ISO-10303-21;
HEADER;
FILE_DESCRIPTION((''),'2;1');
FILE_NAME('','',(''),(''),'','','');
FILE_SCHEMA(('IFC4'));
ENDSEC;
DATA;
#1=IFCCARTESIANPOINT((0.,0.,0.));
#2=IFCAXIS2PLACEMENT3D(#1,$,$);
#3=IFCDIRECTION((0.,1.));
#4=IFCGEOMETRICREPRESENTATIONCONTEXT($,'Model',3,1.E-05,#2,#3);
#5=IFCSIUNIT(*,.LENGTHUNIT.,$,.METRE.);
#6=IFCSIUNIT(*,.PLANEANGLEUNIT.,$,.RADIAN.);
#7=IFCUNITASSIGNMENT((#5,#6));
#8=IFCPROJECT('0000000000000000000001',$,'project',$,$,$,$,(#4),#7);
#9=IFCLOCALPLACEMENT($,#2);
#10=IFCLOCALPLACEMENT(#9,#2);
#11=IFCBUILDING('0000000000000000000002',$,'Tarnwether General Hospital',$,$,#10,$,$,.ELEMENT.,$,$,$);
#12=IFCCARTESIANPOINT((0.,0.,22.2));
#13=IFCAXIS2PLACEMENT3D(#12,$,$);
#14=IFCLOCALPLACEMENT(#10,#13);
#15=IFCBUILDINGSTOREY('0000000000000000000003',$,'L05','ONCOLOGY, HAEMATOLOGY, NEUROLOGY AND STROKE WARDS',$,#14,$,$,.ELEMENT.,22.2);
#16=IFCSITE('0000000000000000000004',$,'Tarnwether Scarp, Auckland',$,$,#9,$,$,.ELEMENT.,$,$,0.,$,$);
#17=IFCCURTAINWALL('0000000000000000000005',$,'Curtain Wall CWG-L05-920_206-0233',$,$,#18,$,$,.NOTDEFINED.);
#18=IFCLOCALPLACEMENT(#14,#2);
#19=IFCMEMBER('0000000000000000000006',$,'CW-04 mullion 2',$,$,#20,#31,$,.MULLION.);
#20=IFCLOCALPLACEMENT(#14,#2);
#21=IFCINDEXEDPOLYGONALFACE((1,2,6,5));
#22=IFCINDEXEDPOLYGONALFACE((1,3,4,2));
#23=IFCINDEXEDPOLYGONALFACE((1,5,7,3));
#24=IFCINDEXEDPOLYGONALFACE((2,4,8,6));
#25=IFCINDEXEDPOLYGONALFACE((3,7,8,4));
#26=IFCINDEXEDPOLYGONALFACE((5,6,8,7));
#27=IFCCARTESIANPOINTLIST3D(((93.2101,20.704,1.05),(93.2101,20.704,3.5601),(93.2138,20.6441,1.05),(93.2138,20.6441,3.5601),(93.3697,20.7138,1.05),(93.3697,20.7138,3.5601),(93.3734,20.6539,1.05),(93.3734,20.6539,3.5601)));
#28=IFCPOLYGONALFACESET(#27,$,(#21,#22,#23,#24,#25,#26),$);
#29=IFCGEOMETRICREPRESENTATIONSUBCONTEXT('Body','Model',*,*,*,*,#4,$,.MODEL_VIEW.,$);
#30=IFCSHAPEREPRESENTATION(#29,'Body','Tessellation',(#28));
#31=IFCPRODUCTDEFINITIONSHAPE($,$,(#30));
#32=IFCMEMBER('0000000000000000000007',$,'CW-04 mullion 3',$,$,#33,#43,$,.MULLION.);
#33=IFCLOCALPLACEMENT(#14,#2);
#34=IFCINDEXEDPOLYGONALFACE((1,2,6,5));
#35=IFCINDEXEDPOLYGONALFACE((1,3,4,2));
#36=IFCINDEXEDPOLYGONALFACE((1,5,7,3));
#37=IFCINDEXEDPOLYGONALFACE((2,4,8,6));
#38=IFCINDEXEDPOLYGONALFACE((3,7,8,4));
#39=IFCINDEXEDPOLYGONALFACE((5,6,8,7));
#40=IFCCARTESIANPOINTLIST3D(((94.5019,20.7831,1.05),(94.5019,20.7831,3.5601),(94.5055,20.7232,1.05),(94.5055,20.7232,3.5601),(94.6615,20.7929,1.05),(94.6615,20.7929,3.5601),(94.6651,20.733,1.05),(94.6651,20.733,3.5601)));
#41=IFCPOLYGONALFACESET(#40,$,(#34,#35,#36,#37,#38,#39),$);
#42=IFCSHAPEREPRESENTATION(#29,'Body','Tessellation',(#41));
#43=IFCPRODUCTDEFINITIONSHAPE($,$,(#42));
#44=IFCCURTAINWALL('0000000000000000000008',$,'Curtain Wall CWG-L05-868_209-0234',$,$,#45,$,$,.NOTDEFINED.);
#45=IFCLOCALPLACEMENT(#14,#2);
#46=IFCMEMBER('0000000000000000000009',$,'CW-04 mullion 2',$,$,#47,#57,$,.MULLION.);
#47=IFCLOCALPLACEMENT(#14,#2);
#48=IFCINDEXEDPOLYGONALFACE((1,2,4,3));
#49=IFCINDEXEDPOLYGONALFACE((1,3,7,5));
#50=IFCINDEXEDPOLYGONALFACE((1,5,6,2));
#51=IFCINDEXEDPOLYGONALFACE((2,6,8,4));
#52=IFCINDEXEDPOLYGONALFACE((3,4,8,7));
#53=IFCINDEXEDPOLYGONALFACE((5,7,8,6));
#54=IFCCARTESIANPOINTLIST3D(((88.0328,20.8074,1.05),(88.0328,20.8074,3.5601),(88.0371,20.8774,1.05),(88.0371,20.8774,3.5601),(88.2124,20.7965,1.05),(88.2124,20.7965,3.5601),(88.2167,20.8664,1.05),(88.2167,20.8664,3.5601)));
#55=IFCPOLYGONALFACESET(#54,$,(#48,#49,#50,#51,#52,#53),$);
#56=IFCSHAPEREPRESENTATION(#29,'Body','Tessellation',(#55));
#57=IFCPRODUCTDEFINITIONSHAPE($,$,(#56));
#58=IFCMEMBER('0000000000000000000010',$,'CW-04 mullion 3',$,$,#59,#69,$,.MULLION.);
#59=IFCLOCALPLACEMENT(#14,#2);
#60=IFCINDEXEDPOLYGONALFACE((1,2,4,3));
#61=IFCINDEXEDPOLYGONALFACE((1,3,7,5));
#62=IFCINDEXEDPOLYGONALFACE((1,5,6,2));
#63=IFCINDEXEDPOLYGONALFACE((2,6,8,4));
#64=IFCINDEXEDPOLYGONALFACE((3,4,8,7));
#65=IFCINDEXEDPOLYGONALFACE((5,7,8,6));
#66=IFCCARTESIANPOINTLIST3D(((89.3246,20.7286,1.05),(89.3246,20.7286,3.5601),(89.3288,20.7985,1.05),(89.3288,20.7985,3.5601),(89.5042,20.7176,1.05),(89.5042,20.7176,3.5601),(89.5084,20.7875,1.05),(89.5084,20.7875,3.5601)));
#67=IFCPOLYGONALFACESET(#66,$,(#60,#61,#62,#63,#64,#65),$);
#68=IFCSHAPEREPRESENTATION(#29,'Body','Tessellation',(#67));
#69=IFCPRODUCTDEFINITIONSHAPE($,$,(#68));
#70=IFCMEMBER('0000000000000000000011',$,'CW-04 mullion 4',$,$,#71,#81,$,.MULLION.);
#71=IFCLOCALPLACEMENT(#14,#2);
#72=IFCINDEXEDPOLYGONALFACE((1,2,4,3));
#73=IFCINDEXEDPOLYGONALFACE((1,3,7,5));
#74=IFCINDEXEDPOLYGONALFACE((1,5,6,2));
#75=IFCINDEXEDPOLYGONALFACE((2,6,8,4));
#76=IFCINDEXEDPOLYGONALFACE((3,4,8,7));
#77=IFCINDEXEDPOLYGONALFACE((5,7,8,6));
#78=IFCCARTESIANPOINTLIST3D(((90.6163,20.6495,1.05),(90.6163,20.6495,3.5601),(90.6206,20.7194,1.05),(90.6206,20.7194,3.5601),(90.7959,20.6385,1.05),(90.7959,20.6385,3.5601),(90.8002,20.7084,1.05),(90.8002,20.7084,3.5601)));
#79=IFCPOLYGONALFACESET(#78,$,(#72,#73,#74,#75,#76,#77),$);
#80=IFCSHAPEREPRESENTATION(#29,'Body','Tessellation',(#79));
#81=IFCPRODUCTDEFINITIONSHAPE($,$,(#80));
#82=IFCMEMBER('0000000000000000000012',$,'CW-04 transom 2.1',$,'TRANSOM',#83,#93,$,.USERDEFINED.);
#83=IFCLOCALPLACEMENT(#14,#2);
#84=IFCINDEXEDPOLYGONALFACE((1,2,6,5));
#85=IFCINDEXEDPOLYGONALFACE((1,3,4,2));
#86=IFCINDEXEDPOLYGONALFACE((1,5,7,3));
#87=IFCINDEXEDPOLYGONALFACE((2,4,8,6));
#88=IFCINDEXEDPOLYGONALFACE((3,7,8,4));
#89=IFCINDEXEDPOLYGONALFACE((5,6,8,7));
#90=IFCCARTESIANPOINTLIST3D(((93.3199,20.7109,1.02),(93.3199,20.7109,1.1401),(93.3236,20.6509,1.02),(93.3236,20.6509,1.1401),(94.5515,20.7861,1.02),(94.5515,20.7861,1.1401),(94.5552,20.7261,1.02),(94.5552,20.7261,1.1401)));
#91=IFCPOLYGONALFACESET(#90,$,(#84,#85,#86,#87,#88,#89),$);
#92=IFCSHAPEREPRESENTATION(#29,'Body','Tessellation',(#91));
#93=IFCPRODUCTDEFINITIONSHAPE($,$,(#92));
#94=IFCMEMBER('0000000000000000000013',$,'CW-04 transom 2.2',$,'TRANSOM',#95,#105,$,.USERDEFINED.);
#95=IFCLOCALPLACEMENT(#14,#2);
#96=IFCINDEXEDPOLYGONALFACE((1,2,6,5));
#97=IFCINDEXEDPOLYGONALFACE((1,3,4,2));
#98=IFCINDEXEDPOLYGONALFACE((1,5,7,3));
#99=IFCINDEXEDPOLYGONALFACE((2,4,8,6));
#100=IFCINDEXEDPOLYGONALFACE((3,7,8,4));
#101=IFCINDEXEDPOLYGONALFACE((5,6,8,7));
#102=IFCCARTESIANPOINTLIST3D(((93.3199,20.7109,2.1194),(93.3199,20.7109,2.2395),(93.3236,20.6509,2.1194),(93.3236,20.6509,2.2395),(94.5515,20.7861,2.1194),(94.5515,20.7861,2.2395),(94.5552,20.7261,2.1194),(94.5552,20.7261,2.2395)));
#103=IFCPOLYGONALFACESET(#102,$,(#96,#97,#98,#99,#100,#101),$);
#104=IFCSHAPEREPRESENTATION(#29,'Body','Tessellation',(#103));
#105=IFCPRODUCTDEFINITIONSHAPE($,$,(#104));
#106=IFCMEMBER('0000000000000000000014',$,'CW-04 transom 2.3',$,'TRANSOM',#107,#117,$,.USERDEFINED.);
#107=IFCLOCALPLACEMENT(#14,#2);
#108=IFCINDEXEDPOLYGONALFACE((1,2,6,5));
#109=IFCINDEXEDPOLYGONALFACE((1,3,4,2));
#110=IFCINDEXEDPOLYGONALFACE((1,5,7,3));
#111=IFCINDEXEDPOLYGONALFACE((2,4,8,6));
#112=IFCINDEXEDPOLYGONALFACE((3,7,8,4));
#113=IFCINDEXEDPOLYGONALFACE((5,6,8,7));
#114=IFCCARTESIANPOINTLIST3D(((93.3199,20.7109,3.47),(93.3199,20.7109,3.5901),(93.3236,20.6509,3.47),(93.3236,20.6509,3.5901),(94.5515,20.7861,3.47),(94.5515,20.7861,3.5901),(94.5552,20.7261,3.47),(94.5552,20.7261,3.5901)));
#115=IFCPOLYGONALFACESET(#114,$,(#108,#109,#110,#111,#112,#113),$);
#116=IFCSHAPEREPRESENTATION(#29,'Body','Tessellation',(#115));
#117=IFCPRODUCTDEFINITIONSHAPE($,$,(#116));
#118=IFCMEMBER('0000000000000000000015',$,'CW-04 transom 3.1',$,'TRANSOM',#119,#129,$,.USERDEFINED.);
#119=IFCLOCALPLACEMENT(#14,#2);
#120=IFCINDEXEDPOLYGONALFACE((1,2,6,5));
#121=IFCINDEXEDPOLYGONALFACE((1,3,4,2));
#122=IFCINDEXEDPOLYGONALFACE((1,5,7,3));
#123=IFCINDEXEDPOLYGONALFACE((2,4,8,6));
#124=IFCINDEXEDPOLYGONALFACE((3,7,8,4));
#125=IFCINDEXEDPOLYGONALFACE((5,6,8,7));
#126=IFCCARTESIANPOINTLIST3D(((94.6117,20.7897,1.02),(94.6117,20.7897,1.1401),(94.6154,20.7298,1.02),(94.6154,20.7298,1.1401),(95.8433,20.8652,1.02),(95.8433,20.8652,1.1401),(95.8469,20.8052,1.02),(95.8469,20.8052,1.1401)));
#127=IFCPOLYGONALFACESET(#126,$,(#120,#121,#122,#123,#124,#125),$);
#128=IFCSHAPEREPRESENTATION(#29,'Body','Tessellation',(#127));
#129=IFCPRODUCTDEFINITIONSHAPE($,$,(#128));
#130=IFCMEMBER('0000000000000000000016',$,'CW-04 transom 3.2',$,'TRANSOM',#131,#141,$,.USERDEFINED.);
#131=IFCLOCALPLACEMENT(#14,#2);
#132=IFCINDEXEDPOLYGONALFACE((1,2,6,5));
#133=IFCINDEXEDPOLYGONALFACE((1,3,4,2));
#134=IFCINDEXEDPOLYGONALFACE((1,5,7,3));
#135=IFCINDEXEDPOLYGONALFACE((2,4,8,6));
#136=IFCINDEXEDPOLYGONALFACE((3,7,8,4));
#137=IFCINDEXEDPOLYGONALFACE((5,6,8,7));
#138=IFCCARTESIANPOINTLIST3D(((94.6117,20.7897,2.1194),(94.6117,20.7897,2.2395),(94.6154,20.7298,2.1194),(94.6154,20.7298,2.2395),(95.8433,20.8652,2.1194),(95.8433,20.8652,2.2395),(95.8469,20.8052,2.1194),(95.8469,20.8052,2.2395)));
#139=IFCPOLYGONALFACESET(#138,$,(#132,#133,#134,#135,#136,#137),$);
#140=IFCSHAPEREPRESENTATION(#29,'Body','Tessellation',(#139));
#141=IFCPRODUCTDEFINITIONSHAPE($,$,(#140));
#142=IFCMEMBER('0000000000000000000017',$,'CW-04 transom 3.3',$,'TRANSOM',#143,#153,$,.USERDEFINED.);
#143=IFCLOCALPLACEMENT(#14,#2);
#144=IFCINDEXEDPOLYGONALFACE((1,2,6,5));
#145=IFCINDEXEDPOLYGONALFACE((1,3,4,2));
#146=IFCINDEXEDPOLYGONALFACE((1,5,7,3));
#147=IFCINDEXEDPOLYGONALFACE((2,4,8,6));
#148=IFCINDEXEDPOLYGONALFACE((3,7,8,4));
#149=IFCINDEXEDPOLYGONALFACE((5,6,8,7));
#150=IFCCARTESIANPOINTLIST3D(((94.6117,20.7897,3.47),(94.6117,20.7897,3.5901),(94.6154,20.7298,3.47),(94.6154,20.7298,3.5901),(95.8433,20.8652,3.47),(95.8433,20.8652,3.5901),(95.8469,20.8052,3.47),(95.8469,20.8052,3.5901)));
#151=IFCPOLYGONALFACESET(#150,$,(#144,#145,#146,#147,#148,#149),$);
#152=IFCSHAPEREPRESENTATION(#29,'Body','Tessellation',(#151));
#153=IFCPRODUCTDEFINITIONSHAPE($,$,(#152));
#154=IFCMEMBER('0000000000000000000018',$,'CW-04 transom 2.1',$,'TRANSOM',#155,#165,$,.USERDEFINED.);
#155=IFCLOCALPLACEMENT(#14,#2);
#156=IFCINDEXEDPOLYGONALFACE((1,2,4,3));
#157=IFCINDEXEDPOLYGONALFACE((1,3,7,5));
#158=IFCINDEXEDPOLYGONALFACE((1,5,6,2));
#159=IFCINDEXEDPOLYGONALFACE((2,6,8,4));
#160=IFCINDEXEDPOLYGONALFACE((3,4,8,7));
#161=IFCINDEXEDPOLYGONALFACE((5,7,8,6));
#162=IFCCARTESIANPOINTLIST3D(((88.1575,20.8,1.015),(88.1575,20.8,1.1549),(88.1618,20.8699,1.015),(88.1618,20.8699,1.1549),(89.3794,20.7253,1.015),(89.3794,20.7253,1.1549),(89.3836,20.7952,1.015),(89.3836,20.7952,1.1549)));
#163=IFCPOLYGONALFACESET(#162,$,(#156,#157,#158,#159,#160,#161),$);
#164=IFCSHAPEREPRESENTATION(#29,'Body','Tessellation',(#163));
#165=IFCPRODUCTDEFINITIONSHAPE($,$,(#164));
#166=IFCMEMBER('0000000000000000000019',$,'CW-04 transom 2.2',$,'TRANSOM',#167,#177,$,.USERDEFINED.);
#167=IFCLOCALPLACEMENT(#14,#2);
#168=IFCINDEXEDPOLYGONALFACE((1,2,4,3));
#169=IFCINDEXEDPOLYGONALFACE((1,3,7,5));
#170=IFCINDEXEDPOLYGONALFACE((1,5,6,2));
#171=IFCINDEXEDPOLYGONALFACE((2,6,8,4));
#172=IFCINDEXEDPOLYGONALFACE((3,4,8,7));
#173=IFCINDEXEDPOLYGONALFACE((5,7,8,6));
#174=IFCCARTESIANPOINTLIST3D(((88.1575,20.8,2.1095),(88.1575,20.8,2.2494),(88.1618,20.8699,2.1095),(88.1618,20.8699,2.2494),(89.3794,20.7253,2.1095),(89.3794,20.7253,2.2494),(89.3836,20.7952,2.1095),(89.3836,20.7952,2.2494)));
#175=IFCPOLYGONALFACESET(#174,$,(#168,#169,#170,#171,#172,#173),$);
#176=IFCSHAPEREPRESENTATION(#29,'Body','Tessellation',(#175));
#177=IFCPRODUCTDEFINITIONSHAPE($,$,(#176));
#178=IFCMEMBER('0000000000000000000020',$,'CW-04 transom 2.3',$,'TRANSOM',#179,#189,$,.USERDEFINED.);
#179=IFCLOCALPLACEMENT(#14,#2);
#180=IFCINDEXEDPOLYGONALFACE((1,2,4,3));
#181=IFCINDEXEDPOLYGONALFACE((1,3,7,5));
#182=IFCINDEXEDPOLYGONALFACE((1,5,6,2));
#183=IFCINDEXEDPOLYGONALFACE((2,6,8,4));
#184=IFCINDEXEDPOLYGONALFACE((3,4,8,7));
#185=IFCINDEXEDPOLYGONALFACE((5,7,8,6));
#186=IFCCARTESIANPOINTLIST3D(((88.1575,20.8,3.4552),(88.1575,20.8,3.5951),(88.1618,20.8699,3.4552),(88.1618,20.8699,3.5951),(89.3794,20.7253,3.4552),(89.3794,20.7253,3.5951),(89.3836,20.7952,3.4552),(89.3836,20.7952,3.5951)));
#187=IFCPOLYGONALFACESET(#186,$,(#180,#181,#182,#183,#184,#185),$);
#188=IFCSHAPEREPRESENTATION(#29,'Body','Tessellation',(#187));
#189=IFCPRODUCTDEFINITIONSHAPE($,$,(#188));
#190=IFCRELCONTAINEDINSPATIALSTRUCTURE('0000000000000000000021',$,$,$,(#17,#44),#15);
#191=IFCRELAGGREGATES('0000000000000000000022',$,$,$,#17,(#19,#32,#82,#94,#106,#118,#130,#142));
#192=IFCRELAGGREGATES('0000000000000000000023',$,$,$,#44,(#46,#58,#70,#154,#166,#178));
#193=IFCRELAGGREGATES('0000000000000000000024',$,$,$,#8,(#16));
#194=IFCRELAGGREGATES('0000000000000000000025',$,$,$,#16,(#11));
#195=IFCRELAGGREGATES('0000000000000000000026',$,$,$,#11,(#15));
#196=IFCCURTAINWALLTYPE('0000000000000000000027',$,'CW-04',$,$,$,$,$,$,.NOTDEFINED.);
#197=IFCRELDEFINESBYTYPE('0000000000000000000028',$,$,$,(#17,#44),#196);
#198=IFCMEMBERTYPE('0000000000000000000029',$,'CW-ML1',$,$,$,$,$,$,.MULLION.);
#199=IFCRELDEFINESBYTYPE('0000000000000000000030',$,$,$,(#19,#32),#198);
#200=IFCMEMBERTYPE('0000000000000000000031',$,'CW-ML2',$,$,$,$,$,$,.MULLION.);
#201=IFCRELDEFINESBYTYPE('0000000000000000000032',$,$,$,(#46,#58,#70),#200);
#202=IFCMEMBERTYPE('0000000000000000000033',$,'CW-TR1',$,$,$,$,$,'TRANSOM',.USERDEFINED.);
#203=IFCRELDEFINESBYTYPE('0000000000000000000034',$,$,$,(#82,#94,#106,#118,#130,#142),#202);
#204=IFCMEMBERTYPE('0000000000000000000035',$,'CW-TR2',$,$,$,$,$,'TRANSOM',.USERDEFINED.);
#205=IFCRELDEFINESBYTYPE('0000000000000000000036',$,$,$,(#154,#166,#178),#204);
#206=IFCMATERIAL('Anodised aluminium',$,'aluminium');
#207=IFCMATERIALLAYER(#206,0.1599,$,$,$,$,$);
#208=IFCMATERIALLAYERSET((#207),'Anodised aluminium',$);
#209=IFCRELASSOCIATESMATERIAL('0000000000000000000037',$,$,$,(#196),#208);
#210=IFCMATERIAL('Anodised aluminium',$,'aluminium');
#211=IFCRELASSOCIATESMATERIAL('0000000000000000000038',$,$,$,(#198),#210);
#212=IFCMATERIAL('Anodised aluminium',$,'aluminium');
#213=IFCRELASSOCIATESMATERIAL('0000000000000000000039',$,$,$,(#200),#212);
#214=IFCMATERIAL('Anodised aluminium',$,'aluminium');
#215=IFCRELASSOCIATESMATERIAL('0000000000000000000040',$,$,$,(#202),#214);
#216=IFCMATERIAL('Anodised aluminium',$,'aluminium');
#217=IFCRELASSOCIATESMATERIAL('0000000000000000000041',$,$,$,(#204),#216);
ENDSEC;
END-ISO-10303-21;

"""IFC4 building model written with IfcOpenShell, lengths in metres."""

from ifc_helpers import new_model, si_unit, direction, frame, origin, origin_2d, place, context, subcontext, project, spatial, rectangle, extrude, material, layer, layer_set, material_profile, profile_set, type_object, element, aggregate, save


model = new_model("IFC4")

# Units and contexts
model_context = context("Model", 3, precision=1e-05, world=origin(), true_north=direction((0.0, 1.0)))
body_context = subcontext(model_context, "Body", "Model", "MODEL_VIEW")
ifc_project = project(units=[si_unit("LENGTHUNIT", "METRE"), si_unit("PLANEANGLEUNIT", "RADIAN")], contexts=[model_context])

# Site, building, storey
site_placement = place(None, origin())
site = spatial("IfcSite", under=ifc_project, at=site_placement, Name="Tarnwether Scarp, Auckland", CompositionType="ELEMENT", RefElevation=0.0)
building_placement = place(site_placement, origin())
building = spatial("IfcBuilding", under=site, at=building_placement, Name="Tarnwether General Hospital", CompositionType="ELEMENT")
storey_placement = place(building_placement, frame((0.0, 0.0, 22.2)))
storey = spatial("IfcBuildingStorey", under=building, at=storey_placement, Name="L05", Description="ONCOLOGY, HAEMATOLOGY, NEUROLOGY AND STROKE WARDS", CompositionType="ELEMENT", Elevation=22.2)

# Curtain walls, members
ifc_material_1 = material(Name="Anodised aluminium", Category="aluminium")
ifc_layer_1 = layer(ifc_material_1, 0.1599)
ifc_layer_set_1 = layer_set([ifc_layer_1], Name="Anodised aluminium")
curtain_wall_type = type_object("IfcCurtainWallType", Name="CW-04", PredefinedType="NOTDEFINED", material=ifc_layer_set_1)
curtain_wall_1_placement = place(storey_placement, origin())
curtain_wall_1 = element("IfcCurtainWall", 1, at=curtain_wall_1_placement, inside=storey, type_object=curtain_wall_type, Name="Curtain Wall CWG-L05-920_206-0233", PredefinedType="NOTDEFINED")
ifc_material_2 = material(Name="Anodised aluminium", Category="aluminium")
ifc_material_profile_1 = material_profile(ifc_material_2, rectangle(XDim=0.0601, YDim=0.1599, at=origin_2d()), Name="ALU-MUL-60x160")
ifc_profile_set_1 = profile_set([ifc_material_profile_1], Name="Anodised aluminium")
member_type_1 = type_object("IfcMemberType", Name="CW-ML1", PredefinedType="MULLION", material=ifc_profile_set_1)
member_1_placement = place(storey_placement, frame((93.2917, 20.679, 1.05), z_axis=(0.0, 0.0, 1.0), x_axis=(-0.061043, 0.998135, 0.0)))
member_1 = element("IfcMember", 2, at=member_1_placement, type_object=member_type_1, Name="CW-04 mullion 2", PredefinedType="MULLION", context=body_context, shape_type="SweptSolid", body=[
    extrude(rectangle(XDim=0.0601, YDim=0.1599, at=origin_2d()), origin(), (0.0, 0.0, 1.0), 2.51),
])
member_2_placement = place(storey_placement, frame((94.5835, 20.7581, 1.05), z_axis=(0.0, 0.0, 1.0), x_axis=(-0.061043, 0.998135, 0.0)))
member_2 = element("IfcMember", 3, at=member_2_placement, type_object=member_type_1, Name="CW-04 mullion 3", PredefinedType="MULLION", context=body_context, shape_type="SweptSolid", body=[
    extrude(rectangle(XDim=0.0601, YDim=0.1599, at=origin_2d()), origin(), (0.0, 0.0, 1.0), 2.51),
])
curtain_wall_2_placement = place(storey_placement, origin())
curtain_wall_2 = element("IfcCurtainWall", 4, at=curtain_wall_2_placement, inside=storey, type_object=curtain_wall_type, Name="Curtain Wall CWG-L05-868_209-0234", PredefinedType="NOTDEFINED")
ifc_material_3 = material(Name="Anodised aluminium", Category="aluminium")
ifc_material_profile_2 = material_profile(ifc_material_3, rectangle(XDim=0.0701, YDim=0.1799, at=origin_2d()), Name="ALU-MUL-70x180")
ifc_profile_set_2 = profile_set([ifc_material_profile_2], Name="Anodised aluminium")
member_type_2 = type_object("IfcMemberType", Name="CW-ML2", PredefinedType="MULLION", material=ifc_profile_set_2)
member_3_placement = place(storey_placement, frame((88.1248, 20.8369, 1.05), z_axis=(0.0, 0.0, 1.0), x_axis=(0.061043, 0.998135, 0.0)))
member_3 = element("IfcMember", 5, at=member_3_placement, type_object=member_type_2, Name="CW-04 mullion 2", PredefinedType="MULLION", context=body_context, shape_type="SweptSolid", body=[
    extrude(rectangle(XDim=0.0701, YDim=0.1799, at=origin_2d()), origin(), (0.0, 0.0, 1.0), 2.51),
])
member_4_placement = place(storey_placement, frame((89.4165, 20.7581, 1.05), z_axis=(0.0, 0.0, 1.0), x_axis=(0.061043, 0.998135, 0.0)))
member_4 = element("IfcMember", 6, at=member_4_placement, type_object=member_type_2, Name="CW-04 mullion 3", PredefinedType="MULLION", context=body_context, shape_type="SweptSolid", body=[
    extrude(rectangle(XDim=0.0701, YDim=0.1799, at=origin_2d()), origin(), (0.0, 0.0, 1.0), 2.51),
])
member_5_placement = place(storey_placement, frame((90.7083, 20.679, 1.05), z_axis=(0.0, 0.0, 1.0), x_axis=(0.061043, 0.998135, 0.0)))
member_5 = element("IfcMember", 7, at=member_5_placement, type_object=member_type_2, Name="CW-04 mullion 4", PredefinedType="MULLION", context=body_context, shape_type="SweptSolid", body=[
    extrude(rectangle(XDim=0.0701, YDim=0.1799, at=origin_2d()), origin(), (0.0, 0.0, 1.0), 2.51),
])

# Members
ifc_material_4 = material(Name="Anodised aluminium", Category="aluminium")
ifc_material_profile_3 = material_profile(ifc_material_4, rectangle(XDim=0.0601, YDim=0.1201, at=origin_2d()), Name="ALU-TRN-60x120")
ifc_profile_set_3 = profile_set([ifc_material_profile_3], Name="Anodised aluminium")
member_type_3 = type_object("IfcMemberType", Name="CW-TR1", ElementType="TRANSOM", PredefinedType="USERDEFINED", material=ifc_profile_set_3)
member_6_placement = place(storey_placement, frame((93.3218, 20.6809, 1.0801), z_axis=(0.998142, 0.060937, 0.0), x_axis=(-0.060937, 0.998142, 0.0)))
member_6 = element("IfcMember", 8, at=member_6_placement, type_object=member_type_3, Name="CW-04 transom 2.1", ObjectType="TRANSOM", PredefinedType="USERDEFINED", context=body_context, shape_type="SweptSolid", body=[
    extrude(rectangle(XDim=0.0601, YDim=0.1201, at=origin_2d()), origin(), (0.0, 0.0, 1.0), 1.2339),
])
member_7_placement = place(storey_placement, frame((93.3218, 20.6809, 2.1794), z_axis=(0.998142, 0.060937, 0.0), x_axis=(-0.060937, 0.998142, 0.0)))
member_7 = element("IfcMember", 9, at=member_7_placement, type_object=member_type_3, Name="CW-04 transom 2.2", ObjectType="TRANSOM", PredefinedType="USERDEFINED", context=body_context, shape_type="SweptSolid", body=[
    extrude(rectangle(XDim=0.0601, YDim=0.1201, at=origin_2d()), origin(), (0.0, 0.0, 1.0), 1.2339),
])
member_8_placement = place(storey_placement, frame((93.3218, 20.6809, 3.53), z_axis=(0.998142, 0.060937, 0.0), x_axis=(-0.060937, 0.998142, 0.0)))
member_8 = element("IfcMember", 10, at=member_8_placement, type_object=member_type_3, Name="CW-04 transom 2.3", ObjectType="TRANSOM", PredefinedType="USERDEFINED", context=body_context, shape_type="SweptSolid", body=[
    extrude(rectangle(XDim=0.0601, YDim=0.1201, at=origin_2d()), origin(), (0.0, 0.0, 1.0), 1.2339),
])
member_9_placement = place(storey_placement, frame((94.6135, 20.7598, 1.0801), z_axis=(0.99813, 0.061134, 0.0), x_axis=(-0.061134, 0.99813, 0.0)))
member_9 = element("IfcMember", 11, at=member_9_placement, type_object=member_type_3, Name="CW-04 transom 3.1", ObjectType="TRANSOM", PredefinedType="USERDEFINED", context=body_context, shape_type="SweptSolid", body=[
    extrude(rectangle(XDim=0.0601, YDim=0.1201, at=origin_2d()), origin(), (0.0, 0.0, 1.0), 1.2339),
])
member_10_placement = place(storey_placement, frame((94.6135, 20.7598, 2.1794), z_axis=(0.99813, 0.061134, 0.0), x_axis=(-0.061134, 0.99813, 0.0)))
member_10 = element("IfcMember", 12, at=member_10_placement, type_object=member_type_3, Name="CW-04 transom 3.2", ObjectType="TRANSOM", PredefinedType="USERDEFINED", context=body_context, shape_type="SweptSolid", body=[
    extrude(rectangle(XDim=0.0601, YDim=0.1201, at=origin_2d()), origin(), (0.0, 0.0, 1.0), 1.2339),
])
member_11_placement = place(storey_placement, frame((94.6135, 20.7598, 3.53), z_axis=(0.99813, 0.061134, 0.0), x_axis=(-0.061134, 0.99813, 0.0)))
member_11 = element("IfcMember", 13, at=member_11_placement, type_object=member_type_3, Name="CW-04 transom 3.3", ObjectType="TRANSOM", PredefinedType="USERDEFINED", context=body_context, shape_type="SweptSolid", body=[
    extrude(rectangle(XDim=0.0601, YDim=0.1201, at=origin_2d()), origin(), (0.0, 0.0, 1.0), 1.2339),
])
ifc_material_5 = material(Name="Anodised aluminium", Category="aluminium")
ifc_material_profile_4 = material_profile(ifc_material_5, rectangle(XDim=0.0701, YDim=0.1399, at=origin_2d()), Name="ALU-TRN-70x140")
ifc_profile_set_4 = profile_set([ifc_material_profile_4], Name="Anodised aluminium")
member_type_4 = type_object("IfcMemberType", Name="CW-TR2", ElementType="TRANSOM", PredefinedType="USERDEFINED", material=ifc_profile_set_4)
member_12_placement = place(storey_placement, frame((88.1597, 20.835, 1.085), z_axis=(0.998136, -0.061025, 0.0), x_axis=(0.061025, 0.998136, 0.0)))
member_12 = element("IfcMember", 14, at=member_12_placement, type_object=member_type_4, Name="CW-04 transom 2.1", ObjectType="TRANSOM", PredefinedType="USERDEFINED", context=body_context, shape_type="SweptSolid", body=[
    extrude(rectangle(XDim=0.0701, YDim=0.1399, at=origin_2d()), origin(), (0.0, 0.0, 1.0), 1.2241),
])
member_13_placement = place(storey_placement, frame((88.1597, 20.835, 2.1794), z_axis=(0.998136, -0.061025, 0.0), x_axis=(0.061025, 0.998136, 0.0)))
member_13 = element("IfcMember", 15, at=member_13_placement, type_object=member_type_4, Name="CW-04 transom 2.2", ObjectType="TRANSOM", PredefinedType="USERDEFINED", context=body_context, shape_type="SweptSolid", body=[
    extrude(rectangle(XDim=0.0701, YDim=0.1399, at=origin_2d()), origin(), (0.0, 0.0, 1.0), 1.2241),
])
member_14_placement = place(storey_placement, frame((88.1597, 20.835, 3.5251), z_axis=(0.998136, -0.061025, 0.0), x_axis=(0.061025, 0.998136, 0.0)))
member_14 = element("IfcMember", 16, at=member_14_placement, type_object=member_type_4, Name="CW-04 transom 2.3", ObjectType="TRANSOM", PredefinedType="USERDEFINED", context=body_context, shape_type="SweptSolid", body=[
    extrude(rectangle(XDim=0.0701, YDim=0.1399, at=origin_2d()), origin(), (0.0, 0.0, 1.0), 1.2241),
])

aggregate(curtain_wall_1, [member_1, member_2, member_6, member_7, member_8, member_9, member_10, member_11])
aggregate(curtain_wall_2, [member_3, member_4, member_5, member_12, member_13, member_14])

save(model, "model.ifc")
